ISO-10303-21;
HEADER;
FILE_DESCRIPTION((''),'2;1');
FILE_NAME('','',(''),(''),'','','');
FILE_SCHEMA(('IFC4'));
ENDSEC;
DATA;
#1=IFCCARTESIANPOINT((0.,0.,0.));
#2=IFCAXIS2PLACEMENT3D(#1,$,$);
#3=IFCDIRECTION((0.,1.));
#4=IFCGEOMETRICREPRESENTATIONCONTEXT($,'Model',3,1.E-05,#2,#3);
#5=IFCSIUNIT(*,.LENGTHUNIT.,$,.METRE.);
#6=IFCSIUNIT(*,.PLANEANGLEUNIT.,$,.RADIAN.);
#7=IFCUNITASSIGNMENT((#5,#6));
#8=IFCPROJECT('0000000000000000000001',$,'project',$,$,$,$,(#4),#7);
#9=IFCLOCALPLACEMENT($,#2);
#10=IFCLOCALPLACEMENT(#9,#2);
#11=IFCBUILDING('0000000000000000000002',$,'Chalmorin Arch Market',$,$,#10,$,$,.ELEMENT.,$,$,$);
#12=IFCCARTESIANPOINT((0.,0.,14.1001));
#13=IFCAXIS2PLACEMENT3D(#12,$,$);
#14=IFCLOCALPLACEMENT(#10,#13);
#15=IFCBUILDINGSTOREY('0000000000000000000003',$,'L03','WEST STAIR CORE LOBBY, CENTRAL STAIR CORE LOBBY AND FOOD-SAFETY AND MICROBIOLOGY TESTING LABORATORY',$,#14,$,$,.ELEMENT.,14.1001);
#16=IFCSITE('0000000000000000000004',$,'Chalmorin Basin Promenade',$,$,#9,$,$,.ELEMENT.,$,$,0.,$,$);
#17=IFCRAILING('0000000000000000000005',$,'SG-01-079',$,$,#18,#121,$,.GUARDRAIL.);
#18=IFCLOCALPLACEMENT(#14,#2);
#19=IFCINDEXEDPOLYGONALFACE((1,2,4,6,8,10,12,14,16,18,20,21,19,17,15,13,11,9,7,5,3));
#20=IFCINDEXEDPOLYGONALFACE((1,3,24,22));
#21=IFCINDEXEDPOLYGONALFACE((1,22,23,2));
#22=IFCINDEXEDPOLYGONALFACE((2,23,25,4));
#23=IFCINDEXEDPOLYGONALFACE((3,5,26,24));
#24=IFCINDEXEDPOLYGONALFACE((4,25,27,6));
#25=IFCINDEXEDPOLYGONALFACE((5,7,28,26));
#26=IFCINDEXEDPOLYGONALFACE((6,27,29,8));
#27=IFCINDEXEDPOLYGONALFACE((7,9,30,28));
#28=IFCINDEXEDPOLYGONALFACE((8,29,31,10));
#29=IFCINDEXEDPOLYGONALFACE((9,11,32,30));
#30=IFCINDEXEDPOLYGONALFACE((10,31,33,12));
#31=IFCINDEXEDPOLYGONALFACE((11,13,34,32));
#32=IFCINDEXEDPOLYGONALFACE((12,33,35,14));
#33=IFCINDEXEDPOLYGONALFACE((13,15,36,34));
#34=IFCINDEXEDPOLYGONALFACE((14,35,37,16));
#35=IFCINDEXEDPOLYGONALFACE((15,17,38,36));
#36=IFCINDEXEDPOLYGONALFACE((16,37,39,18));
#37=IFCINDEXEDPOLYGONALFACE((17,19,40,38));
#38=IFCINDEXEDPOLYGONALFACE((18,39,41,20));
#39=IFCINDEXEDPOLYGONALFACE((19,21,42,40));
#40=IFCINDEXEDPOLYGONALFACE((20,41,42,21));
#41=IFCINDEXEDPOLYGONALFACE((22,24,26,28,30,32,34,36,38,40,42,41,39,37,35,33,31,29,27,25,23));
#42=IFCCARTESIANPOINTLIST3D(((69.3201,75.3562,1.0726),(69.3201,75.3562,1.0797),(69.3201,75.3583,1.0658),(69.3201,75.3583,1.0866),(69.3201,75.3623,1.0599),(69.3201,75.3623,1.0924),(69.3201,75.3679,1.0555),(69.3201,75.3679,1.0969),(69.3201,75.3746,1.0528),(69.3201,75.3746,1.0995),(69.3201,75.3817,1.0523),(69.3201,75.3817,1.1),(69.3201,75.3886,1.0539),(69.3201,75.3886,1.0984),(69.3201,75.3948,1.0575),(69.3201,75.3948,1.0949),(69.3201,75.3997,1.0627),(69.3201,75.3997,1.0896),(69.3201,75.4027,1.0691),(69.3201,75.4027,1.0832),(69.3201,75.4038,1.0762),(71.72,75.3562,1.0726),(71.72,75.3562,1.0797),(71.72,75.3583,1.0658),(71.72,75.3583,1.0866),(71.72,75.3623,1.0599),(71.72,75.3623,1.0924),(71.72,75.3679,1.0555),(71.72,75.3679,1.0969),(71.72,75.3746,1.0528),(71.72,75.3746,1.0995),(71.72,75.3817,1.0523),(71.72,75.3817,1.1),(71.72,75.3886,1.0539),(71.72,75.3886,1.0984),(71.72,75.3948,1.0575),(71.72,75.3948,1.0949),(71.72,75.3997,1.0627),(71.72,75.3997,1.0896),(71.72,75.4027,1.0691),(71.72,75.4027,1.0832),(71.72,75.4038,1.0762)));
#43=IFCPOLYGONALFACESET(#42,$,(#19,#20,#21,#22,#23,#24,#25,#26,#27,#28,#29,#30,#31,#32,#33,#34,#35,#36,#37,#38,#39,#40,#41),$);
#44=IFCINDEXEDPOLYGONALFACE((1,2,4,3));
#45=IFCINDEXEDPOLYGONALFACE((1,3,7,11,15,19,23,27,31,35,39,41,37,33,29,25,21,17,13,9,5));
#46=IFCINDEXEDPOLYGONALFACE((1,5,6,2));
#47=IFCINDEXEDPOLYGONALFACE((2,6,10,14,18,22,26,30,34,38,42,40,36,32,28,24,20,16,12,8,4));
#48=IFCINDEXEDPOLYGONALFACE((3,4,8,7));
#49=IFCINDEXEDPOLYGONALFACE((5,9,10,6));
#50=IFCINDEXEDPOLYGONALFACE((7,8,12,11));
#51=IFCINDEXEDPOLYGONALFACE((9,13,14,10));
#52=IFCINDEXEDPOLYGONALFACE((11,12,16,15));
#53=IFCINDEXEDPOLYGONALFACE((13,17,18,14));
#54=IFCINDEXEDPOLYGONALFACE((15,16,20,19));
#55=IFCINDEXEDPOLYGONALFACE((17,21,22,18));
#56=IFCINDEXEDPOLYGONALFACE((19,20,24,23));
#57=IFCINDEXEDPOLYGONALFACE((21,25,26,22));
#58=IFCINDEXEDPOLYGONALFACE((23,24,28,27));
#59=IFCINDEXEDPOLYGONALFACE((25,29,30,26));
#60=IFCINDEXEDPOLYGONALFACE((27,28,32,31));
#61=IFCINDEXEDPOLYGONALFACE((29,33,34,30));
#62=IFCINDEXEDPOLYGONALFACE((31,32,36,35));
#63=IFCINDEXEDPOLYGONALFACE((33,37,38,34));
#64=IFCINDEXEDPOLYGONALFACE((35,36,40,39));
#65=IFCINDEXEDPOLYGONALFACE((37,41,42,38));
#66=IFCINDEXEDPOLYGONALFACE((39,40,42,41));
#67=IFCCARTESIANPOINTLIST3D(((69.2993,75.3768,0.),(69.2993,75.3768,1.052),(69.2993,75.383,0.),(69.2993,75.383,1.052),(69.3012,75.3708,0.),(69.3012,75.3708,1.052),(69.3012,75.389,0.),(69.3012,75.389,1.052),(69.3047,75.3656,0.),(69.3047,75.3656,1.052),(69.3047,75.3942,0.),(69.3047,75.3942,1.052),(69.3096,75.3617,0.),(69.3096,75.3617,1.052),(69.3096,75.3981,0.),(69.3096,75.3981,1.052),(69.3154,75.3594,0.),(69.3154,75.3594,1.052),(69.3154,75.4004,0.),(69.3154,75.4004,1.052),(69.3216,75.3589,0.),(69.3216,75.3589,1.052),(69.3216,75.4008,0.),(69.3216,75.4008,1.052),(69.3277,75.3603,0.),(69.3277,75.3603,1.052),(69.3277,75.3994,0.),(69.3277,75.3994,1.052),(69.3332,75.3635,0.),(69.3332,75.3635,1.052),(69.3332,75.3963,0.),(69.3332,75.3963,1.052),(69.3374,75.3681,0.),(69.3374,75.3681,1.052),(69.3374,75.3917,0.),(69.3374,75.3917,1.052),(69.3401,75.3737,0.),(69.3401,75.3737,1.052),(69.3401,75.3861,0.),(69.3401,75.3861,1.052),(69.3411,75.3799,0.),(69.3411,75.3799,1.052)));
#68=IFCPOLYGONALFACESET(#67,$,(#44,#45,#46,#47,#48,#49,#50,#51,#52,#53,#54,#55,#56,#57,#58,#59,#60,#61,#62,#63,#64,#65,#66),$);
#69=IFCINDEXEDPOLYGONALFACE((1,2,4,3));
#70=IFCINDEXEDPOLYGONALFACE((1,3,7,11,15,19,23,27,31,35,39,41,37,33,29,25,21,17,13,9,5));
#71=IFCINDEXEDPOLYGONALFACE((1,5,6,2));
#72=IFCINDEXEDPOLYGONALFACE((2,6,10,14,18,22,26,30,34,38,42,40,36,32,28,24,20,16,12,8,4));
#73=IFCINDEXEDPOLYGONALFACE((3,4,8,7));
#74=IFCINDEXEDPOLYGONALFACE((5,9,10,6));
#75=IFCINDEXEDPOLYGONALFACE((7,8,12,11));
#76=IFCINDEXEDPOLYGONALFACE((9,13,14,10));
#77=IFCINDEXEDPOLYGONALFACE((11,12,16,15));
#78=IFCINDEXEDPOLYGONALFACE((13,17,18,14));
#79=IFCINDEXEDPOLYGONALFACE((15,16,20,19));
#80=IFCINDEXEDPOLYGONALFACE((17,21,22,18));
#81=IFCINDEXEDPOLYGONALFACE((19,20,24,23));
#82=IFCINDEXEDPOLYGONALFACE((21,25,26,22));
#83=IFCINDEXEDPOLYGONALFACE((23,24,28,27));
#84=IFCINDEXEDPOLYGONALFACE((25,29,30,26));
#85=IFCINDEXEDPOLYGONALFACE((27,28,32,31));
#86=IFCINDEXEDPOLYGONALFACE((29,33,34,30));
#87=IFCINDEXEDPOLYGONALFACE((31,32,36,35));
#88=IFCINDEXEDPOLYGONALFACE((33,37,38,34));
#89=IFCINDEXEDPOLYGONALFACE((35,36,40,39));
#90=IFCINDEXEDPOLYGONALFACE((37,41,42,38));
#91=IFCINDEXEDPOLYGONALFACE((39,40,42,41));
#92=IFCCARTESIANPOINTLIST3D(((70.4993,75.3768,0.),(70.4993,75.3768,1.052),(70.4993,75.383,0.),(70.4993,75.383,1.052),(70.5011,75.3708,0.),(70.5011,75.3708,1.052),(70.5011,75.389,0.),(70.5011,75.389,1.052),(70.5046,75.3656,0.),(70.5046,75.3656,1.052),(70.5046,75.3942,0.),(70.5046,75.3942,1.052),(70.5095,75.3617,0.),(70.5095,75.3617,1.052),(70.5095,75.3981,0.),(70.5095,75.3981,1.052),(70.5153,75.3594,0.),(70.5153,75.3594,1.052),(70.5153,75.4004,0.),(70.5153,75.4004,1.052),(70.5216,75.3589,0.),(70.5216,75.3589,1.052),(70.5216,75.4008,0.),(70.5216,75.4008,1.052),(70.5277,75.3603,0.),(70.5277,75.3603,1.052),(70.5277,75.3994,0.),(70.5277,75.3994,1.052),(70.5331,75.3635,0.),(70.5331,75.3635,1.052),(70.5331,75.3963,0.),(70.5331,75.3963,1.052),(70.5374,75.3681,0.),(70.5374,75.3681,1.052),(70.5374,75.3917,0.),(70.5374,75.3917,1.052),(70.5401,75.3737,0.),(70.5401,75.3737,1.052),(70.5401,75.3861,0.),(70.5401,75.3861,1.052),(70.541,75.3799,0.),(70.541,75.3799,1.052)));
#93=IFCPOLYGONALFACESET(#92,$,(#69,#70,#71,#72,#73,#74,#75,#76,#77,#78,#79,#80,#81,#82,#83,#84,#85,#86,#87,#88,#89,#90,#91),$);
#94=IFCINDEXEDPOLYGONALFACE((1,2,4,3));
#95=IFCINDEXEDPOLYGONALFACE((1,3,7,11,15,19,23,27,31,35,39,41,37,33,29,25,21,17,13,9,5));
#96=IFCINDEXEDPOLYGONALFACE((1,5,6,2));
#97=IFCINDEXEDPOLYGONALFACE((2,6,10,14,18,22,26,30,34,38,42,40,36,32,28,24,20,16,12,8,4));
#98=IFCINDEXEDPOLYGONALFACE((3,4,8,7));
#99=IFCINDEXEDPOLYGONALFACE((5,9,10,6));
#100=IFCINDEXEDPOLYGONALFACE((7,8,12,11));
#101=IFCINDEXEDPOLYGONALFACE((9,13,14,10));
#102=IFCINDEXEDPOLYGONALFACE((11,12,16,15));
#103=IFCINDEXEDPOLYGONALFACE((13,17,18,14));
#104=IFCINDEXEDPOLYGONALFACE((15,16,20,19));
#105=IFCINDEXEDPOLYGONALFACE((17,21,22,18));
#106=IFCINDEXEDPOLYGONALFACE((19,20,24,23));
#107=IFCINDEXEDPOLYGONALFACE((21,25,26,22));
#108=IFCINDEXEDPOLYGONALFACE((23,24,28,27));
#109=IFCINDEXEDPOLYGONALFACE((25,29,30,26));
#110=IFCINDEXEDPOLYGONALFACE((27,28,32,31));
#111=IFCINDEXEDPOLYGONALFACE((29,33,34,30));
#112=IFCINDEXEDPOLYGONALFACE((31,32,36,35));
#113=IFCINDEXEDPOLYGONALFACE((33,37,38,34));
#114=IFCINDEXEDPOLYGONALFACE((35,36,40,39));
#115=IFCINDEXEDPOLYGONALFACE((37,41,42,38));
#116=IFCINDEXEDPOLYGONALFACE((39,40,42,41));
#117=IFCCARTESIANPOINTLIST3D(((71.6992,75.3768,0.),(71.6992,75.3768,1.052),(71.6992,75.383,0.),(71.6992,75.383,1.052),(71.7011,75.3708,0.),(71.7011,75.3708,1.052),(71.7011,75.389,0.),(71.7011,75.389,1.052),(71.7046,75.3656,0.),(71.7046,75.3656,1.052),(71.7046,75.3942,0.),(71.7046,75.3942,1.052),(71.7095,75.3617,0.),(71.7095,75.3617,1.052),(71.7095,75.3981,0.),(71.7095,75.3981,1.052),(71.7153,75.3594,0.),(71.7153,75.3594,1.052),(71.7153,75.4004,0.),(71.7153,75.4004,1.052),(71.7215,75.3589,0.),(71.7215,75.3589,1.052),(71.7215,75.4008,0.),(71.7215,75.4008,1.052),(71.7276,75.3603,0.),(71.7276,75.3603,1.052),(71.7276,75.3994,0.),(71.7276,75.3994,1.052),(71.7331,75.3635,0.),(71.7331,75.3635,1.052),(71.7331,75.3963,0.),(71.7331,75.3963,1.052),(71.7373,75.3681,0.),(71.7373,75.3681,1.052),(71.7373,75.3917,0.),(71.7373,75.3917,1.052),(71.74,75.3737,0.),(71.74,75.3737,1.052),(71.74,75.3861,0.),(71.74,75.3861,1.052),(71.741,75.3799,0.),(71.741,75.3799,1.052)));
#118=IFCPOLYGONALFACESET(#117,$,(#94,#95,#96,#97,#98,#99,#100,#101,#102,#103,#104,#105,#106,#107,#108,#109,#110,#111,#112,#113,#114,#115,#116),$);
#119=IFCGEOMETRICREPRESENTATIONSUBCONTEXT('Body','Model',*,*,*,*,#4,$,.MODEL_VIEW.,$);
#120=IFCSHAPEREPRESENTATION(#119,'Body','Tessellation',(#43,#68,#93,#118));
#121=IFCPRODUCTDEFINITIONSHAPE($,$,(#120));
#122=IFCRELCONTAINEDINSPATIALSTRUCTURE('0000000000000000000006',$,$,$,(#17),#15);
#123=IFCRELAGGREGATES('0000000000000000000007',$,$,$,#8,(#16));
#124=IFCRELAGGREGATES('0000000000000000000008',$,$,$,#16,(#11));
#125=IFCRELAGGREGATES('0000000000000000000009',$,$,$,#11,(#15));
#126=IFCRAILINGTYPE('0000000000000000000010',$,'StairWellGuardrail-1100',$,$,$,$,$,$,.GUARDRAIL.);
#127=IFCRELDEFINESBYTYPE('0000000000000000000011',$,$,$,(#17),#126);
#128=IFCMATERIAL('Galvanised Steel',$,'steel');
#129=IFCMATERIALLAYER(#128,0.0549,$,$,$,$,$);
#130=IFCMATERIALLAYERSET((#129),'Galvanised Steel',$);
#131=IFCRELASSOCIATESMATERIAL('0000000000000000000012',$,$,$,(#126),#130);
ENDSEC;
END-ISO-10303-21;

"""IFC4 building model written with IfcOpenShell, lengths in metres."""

from ifc_helpers import new_model, si_unit, direction, frame, origin, origin_2d, place, context, subcontext, project, spatial, circle, extrude, material, layer, layer_set, type_object, element, save


model = new_model("IFC4")

# Units and contexts
model_context = context("Model", 3, precision=1e-05, world=origin(), true_north=direction((0.0, 1.0)))
body_context = subcontext(model_context, "Body", "Model", "MODEL_VIEW")
ifc_project = project(units=[si_unit("LENGTHUNIT", "METRE"), si_unit("PLANEANGLEUNIT", "RADIAN")], contexts=[model_context])

# Site, building, storey
site_placement = place(None, origin())
site = spatial("IfcSite", under=ifc_project, at=site_placement, Name="Chalmorin Basin Promenade", CompositionType="ELEMENT", RefElevation=0.0)
building_placement = place(site_placement, origin())
building = spatial("IfcBuilding", under=site, at=building_placement, Name="Chalmorin Arch Market", CompositionType="ELEMENT")
storey_placement = place(building_placement, frame((0.0, 0.0, 14.1001)))
storey = spatial("IfcBuildingStorey", under=building, at=storey_placement, Name="L03", Description="WEST STAIR CORE LOBBY, CENTRAL STAIR CORE LOBBY AND FOOD-SAFETY AND MICROBIOLOGY TESTING LABORATORY", CompositionType="ELEMENT", Elevation=14.1001)

# Railing
ifc_material_1 = material(Name="Galvanised Steel", Category="steel")
ifc_layer_1 = layer(ifc_material_1, 0.0549)
ifc_layer_set_1 = layer_set([ifc_layer_1], Name="Galvanised Steel")
railing_type = type_object("IfcRailingType", Name="StairWellGuardrail-1100", PredefinedType="GUARDRAIL", material=ifc_layer_set_1)
railing_placement = place(storey_placement, frame((69.3201, 75.3799, 0.0)))
element("IfcRailing", 1, at=railing_placement, inside=storey, type_object=railing_type, Name="SG-01-079", PredefinedType="GUARDRAIL", context=body_context, shape_type="SweptSolid", body=[
    extrude(circle(Radius=0.0239, at=origin_2d()), frame((0.0, 0.0, 1.0762), z_axis=(1.0, 0.0, 0.0), x_axis=(0.0, 1.0, 0.0)), (0.0, 0.0, 1.0), 2.3999),
    extrude(circle(Radius=0.021, at=origin_2d()), origin(), (0.0, 0.0, 1.0), 1.052),
    extrude(circle(Radius=0.021, at=origin_2d()), frame((1.2, 0.0, 0.0)), (0.0, 0.0, 1.0), 1.052),
    extrude(circle(Radius=0.021, at=origin_2d()), frame((2.3999, 0.0, 0.0)), (0.0, 0.0, 1.0), 1.052),
])

save(model, "model.ifc")
